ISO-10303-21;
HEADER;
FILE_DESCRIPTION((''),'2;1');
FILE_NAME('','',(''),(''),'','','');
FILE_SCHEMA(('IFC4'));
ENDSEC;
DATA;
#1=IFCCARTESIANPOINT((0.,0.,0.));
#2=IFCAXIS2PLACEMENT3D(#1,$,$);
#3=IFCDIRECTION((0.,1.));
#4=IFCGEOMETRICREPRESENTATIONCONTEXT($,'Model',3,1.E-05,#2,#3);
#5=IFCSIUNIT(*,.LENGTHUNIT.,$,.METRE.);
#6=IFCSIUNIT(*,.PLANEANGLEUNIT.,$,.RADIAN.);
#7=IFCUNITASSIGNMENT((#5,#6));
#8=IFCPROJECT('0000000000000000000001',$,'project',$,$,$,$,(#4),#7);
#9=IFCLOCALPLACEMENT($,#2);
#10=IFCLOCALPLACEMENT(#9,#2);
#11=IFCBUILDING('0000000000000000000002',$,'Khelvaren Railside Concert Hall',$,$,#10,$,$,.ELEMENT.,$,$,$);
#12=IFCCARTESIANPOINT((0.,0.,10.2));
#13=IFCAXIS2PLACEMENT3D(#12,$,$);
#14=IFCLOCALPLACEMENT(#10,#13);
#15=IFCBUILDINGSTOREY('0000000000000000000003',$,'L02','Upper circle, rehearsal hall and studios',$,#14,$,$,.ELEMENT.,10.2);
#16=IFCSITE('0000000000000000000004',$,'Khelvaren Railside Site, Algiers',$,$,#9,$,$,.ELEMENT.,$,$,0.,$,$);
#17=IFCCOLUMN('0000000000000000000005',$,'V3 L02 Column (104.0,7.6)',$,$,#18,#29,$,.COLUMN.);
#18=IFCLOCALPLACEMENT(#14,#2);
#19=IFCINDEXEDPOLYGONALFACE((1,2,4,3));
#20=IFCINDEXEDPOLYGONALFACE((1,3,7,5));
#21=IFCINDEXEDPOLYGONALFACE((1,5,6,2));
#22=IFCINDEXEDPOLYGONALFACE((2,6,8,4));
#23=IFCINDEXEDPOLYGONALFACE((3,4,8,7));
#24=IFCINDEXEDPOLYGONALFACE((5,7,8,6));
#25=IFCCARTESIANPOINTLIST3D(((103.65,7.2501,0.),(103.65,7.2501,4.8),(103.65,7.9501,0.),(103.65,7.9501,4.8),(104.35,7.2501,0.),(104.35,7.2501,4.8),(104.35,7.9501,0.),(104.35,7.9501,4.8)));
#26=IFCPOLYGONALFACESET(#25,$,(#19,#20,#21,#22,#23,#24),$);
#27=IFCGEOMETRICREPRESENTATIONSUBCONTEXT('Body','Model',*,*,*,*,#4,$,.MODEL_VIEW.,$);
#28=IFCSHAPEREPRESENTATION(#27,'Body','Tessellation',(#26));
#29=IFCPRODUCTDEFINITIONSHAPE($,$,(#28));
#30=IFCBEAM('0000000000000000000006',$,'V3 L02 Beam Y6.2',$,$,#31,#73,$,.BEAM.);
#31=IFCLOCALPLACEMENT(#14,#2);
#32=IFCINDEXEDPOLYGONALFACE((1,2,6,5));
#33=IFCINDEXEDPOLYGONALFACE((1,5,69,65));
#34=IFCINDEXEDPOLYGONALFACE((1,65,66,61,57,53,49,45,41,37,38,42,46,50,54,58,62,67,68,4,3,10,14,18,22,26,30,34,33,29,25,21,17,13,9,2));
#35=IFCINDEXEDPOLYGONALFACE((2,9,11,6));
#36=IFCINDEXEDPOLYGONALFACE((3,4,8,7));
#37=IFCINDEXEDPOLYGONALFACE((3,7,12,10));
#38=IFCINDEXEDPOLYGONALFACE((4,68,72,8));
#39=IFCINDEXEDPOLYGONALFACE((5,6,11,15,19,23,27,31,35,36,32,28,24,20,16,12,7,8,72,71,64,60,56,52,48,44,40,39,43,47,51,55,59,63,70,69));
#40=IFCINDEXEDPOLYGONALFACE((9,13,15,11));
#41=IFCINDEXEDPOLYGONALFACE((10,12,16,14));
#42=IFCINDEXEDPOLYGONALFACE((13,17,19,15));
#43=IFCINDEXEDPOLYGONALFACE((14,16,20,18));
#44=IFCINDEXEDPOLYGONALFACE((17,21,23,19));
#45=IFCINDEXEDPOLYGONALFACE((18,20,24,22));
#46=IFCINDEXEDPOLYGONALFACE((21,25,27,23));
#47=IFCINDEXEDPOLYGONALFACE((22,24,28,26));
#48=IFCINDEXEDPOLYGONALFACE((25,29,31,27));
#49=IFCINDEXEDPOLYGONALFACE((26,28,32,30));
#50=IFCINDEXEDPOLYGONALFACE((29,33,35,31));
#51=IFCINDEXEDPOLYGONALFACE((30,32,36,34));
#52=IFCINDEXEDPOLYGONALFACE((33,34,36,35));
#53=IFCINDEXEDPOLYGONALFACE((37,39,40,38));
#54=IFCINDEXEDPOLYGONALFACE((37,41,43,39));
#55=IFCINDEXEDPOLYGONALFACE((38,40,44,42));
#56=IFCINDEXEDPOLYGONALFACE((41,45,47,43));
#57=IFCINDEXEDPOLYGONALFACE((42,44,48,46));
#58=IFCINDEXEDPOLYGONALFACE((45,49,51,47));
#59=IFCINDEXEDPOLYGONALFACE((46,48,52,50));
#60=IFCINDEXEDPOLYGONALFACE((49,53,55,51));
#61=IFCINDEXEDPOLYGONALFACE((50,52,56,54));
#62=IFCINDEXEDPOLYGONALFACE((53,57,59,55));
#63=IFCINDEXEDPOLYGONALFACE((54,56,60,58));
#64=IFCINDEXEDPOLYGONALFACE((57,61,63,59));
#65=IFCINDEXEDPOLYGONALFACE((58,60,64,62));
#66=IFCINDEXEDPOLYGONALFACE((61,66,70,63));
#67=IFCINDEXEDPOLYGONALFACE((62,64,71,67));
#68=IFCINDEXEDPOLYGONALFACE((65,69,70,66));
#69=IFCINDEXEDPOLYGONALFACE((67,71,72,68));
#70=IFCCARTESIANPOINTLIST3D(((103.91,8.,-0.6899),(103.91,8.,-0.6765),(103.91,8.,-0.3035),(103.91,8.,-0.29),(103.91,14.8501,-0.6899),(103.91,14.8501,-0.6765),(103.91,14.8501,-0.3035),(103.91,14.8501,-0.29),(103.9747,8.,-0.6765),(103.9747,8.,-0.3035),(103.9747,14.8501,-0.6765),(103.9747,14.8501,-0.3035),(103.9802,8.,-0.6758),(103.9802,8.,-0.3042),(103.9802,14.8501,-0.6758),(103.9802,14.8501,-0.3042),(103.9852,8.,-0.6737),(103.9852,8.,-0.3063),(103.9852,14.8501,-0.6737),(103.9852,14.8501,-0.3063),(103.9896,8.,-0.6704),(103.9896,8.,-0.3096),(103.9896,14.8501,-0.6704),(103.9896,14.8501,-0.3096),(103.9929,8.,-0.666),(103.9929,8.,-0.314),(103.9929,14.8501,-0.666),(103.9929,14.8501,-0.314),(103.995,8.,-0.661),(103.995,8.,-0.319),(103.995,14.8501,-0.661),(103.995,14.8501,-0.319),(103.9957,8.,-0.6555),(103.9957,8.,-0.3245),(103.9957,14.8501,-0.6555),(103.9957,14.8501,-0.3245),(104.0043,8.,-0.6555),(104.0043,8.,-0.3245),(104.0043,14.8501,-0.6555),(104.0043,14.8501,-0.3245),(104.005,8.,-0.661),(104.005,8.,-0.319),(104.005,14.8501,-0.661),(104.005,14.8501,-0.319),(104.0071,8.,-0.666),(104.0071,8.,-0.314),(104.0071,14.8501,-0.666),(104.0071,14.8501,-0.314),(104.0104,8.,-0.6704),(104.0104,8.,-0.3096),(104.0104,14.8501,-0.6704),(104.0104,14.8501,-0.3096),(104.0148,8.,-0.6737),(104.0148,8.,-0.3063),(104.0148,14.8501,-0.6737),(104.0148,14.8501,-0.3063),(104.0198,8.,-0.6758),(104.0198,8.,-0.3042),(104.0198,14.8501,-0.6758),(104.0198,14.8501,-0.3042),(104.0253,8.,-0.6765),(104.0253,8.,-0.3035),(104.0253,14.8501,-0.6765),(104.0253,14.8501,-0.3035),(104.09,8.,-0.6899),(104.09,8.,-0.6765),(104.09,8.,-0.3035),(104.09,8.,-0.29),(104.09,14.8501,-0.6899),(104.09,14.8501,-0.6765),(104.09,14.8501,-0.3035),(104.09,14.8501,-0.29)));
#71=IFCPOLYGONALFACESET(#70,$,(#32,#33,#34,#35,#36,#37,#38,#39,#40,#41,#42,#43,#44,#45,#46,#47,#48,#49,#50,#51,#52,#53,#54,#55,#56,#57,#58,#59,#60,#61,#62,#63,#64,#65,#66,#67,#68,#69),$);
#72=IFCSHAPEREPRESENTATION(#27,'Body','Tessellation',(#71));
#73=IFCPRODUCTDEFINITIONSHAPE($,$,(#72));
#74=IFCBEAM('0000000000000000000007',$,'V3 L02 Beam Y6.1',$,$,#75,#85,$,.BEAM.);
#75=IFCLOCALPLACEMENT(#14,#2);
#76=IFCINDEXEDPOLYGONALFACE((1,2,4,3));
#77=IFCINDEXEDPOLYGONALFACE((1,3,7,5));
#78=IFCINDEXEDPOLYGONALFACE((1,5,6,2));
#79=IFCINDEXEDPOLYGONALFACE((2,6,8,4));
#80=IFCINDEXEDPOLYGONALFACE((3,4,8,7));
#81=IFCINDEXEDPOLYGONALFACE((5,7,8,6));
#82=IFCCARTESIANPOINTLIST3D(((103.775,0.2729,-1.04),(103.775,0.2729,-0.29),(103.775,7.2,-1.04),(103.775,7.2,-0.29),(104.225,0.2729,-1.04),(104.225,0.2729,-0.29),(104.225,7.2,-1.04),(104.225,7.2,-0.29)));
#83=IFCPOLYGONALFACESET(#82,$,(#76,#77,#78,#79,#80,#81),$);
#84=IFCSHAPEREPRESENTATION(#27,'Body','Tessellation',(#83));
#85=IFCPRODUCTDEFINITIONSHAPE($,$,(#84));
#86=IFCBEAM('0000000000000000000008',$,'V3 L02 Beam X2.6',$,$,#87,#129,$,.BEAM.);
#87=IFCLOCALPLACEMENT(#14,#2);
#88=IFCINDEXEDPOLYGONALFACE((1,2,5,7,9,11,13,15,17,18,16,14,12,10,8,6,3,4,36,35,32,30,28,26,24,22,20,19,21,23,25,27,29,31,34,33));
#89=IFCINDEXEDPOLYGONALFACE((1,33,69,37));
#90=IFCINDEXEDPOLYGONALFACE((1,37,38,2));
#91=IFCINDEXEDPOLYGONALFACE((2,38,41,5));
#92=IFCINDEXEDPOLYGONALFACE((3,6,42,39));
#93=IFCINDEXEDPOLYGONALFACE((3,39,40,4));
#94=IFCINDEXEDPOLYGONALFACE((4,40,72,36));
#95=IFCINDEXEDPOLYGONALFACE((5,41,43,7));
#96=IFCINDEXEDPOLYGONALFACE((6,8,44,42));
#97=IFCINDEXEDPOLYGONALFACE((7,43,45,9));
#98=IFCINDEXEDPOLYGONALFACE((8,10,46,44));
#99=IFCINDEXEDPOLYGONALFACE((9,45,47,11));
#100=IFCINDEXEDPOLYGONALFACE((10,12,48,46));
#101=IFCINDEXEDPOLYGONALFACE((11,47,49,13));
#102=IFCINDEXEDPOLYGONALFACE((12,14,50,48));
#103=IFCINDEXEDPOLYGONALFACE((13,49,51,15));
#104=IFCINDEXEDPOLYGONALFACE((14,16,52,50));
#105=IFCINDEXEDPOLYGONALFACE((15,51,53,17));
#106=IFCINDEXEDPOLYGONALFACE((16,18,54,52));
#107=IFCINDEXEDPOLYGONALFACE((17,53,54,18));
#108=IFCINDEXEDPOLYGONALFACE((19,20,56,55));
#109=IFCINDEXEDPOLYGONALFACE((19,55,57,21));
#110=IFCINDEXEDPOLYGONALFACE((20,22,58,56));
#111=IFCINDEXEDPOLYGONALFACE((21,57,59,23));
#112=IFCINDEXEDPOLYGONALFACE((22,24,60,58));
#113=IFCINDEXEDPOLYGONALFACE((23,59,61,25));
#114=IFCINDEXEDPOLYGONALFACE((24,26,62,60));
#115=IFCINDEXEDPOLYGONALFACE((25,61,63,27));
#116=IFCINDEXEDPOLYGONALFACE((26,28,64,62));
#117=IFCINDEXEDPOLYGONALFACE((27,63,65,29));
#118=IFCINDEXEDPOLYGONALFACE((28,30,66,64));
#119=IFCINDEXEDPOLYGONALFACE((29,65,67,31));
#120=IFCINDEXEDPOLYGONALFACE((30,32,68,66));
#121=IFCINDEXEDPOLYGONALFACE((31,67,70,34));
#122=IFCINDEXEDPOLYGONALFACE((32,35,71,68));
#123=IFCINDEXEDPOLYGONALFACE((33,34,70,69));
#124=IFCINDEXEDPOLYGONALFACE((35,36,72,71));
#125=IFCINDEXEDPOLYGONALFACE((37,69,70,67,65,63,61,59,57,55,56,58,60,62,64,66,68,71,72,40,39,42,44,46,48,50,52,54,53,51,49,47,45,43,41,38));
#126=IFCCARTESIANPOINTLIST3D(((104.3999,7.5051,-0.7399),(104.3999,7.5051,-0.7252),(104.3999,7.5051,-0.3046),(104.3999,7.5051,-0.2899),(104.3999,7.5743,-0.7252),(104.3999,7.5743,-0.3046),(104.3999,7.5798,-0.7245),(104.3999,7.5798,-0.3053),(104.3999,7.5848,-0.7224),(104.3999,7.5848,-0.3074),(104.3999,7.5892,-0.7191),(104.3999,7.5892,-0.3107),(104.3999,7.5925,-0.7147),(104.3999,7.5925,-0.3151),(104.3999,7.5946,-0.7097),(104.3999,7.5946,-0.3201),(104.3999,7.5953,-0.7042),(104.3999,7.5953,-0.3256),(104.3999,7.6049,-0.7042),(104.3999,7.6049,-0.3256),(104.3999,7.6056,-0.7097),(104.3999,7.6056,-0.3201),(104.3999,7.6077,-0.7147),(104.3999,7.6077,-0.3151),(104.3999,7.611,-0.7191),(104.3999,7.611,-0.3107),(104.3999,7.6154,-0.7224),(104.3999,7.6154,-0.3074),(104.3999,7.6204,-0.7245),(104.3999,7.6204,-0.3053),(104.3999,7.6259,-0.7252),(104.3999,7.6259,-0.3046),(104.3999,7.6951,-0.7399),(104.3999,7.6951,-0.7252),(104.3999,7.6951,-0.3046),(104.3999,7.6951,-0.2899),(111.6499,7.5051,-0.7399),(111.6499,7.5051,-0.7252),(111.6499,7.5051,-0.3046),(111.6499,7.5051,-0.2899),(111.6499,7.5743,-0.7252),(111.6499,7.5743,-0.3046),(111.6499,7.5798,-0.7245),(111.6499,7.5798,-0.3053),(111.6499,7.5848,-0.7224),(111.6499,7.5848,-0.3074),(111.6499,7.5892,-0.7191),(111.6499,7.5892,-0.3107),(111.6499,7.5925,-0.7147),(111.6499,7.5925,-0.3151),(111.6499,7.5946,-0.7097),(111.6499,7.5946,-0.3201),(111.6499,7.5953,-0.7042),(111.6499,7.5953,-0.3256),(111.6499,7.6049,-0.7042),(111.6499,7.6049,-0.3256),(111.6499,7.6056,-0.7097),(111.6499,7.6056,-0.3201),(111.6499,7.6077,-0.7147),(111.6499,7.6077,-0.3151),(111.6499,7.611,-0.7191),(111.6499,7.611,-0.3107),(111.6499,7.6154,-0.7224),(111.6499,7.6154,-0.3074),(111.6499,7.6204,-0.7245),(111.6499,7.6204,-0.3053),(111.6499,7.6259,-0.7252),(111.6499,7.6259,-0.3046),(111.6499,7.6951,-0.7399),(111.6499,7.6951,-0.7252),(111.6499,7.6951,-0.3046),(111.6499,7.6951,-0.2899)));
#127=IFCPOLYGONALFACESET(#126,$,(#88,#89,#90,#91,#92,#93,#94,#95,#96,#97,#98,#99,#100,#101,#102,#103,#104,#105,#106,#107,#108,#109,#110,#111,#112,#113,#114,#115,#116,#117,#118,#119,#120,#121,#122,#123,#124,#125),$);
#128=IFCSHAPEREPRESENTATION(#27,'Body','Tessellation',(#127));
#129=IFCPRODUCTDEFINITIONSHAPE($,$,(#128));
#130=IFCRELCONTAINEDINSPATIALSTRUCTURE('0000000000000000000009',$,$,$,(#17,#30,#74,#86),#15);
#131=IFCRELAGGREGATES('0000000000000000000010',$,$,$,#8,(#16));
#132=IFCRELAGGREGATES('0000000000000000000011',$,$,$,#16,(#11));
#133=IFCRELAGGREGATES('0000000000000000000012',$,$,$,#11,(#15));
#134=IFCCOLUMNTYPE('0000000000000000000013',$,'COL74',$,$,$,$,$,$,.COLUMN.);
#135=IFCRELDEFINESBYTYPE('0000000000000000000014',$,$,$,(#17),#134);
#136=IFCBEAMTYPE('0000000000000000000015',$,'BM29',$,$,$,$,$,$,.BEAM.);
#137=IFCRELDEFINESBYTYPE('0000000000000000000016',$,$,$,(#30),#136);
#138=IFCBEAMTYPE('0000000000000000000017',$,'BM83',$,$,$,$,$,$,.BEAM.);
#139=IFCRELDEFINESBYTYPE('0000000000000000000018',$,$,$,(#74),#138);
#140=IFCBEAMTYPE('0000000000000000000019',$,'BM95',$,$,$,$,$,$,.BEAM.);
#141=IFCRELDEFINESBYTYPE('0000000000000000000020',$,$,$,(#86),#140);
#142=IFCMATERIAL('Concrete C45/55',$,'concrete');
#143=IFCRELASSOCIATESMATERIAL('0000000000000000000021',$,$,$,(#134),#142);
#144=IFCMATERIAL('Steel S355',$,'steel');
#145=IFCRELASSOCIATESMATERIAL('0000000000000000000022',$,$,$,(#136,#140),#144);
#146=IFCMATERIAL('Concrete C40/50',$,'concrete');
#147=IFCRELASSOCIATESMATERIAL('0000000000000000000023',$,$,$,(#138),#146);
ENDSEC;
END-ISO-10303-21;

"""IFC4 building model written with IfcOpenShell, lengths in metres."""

from ifc_helpers import new_model, si_unit, direction, frame, origin, origin_2d, place, context, subcontext, project, spatial, rectangle, i_section, extrude, material, material_profile, profile_set, type_object, element, save


model = new_model("IFC4")

# Units and contexts
model_context = context("Model", 3, precision=1e-05, world=origin(), true_north=direction((0.0, 1.0)))
body_context = subcontext(model_context, "Body", "Model", "MODEL_VIEW")
ifc_project = project(units=[si_unit("LENGTHUNIT", "METRE"), si_unit("PLANEANGLEUNIT", "RADIAN")], contexts=[model_context])

# Site, building, storey
site_placement = place(None, origin())
site = spatial("IfcSite", under=ifc_project, at=site_placement, Name="Khelvaren Railside Site, Algiers", CompositionType="ELEMENT", RefElevation=0.0)
building_placement = place(site_placement, origin())
building = spatial("IfcBuilding", under=site, at=building_placement, Name="Khelvaren Railside Concert Hall", CompositionType="ELEMENT")
storey_placement = place(building_placement, frame((0.0, 0.0, 10.2)))
storey = spatial("IfcBuildingStorey", under=building, at=storey_placement, Name="L02", Description="Upper circle, rehearsal hall and studios", CompositionType="ELEMENT", Elevation=10.2)

# Column
ifc_material_1 = material(Name="Concrete C45/55", Category="concrete")
ifc_material_profile_1 = material_profile(ifc_material_1, rectangle(XDim=0.7, YDim=0.7, at=origin_2d()), Name="RC 700x700")
ifc_profile_set_1 = profile_set([ifc_material_profile_1], Name="Concrete C45/55")
column_type = type_object("IfcColumnType", Name="COL74", PredefinedType="COLUMN", material=ifc_profile_set_1)
column_placement = place(storey_placement, frame((104.0, 7.6001, 0.0), z_axis=(0.0, 0.0, 1.0), x_axis=(1.0, 0.0, 0.0)))
element("IfcColumn", 1, at=column_placement, inside=storey, type_object=column_type, Name="V3 L02 Column (104.0,7.6)", PredefinedType="COLUMN", context=body_context, shape_type="SweptSolid", body=[
    extrude(rectangle(XDim=0.7, YDim=0.7, at=origin_2d()), origin(), (0.0, 0.0, 1.0), 4.8),
])

# Beams
ifc_material_2 = material(Name="Steel S355", Category="steel")
ifc_material_profile_2 = material_profile(ifc_material_2, i_section(OverallWidth=0.1799, OverallDepth=0.3999, WebThickness=0.0085, FlangeThickness=0.0134, FilletRadius=0.021, at=origin_2d()), Name="IPE 400")
ifc_profile_set_2 = profile_set([ifc_material_profile_2], Name="Steel S355")
beam_type_1 = type_object("IfcBeamType", Name="BM29", PredefinedType="BEAM", material=ifc_profile_set_2)
beam_1_placement = place(storey_placement, frame((104.0, 8.0, -0.49), z_axis=(0.0, 1.0, 0.0), x_axis=(-1.0, 0.0, 0.0)))
element("IfcBeam", 2, at=beam_1_placement, inside=storey, type_object=beam_type_1, Name="V3 L02 Beam Y6.2", PredefinedType="BEAM", context=body_context, shape_type="SweptSolid", body=[
    extrude(i_section(OverallWidth=0.1799, OverallDepth=0.3999, WebThickness=0.0085, FlangeThickness=0.0134, FilletRadius=0.021, at=origin_2d()), origin(), (0.0, 0.0, 1.0), 6.8501),
])
ifc_material_3 = material(Name="Concrete C40/50", Category="concrete")
ifc_material_profile_3 = material_profile(ifc_material_3, rectangle(XDim=0.45, YDim=0.75, at=origin_2d()), Name="RCB 450x750")
ifc_profile_set_3 = profile_set([ifc_material_profile_3], Name="Concrete C40/50")
beam_type_2 = type_object("IfcBeamType", Name="BM83", PredefinedType="BEAM", material=ifc_profile_set_3)
beam_2_placement = place(storey_placement, frame((104.0, 0.2729, -0.665), z_axis=(0.0, 1.0, 0.0), x_axis=(-1.0, 0.0, 0.0)))
element("IfcBeam", 3, at=beam_2_placement, inside=storey, type_object=beam_type_2, Name="V3 L02 Beam Y6.1", PredefinedType="BEAM", context=body_context, shape_type="SweptSolid", body=[
    extrude(rectangle(XDim=0.45, YDim=0.75, at=origin_2d()), origin(), (0.0, 0.0, 1.0), 6.927),
])
ifc_material_profile_4 = material_profile(ifc_material_2, i_section(OverallWidth=0.1899, OverallDepth=0.45, WebThickness=0.0095, FlangeThickness=0.0146, FilletRadius=0.021, at=origin_2d()), Name="IPE 450")
ifc_profile_set_4 = profile_set([ifc_material_profile_4], Name="Steel S355")
beam_type_3 = type_object("IfcBeamType", Name="BM95", PredefinedType="BEAM", material=ifc_profile_set_4)
beam_3_placement = place(storey_placement, frame((104.3999, 7.6001, -0.5149), z_axis=(1.0, 0.0, 0.0), x_axis=(0.0, 1.0, 0.0)))
element("IfcBeam", 4, at=beam_3_placement, inside=storey, type_object=beam_type_3, Name="V3 L02 Beam X2.6", PredefinedType="BEAM", context=body_context, shape_type="SweptSolid", body=[
    extrude(i_section(OverallWidth=0.1899, OverallDepth=0.45, WebThickness=0.0095, FlangeThickness=0.0146, FilletRadius=0.021, at=origin_2d()), origin(), (0.0, 0.0, 1.0), 7.25),
])

save(model, "model.ifc")
